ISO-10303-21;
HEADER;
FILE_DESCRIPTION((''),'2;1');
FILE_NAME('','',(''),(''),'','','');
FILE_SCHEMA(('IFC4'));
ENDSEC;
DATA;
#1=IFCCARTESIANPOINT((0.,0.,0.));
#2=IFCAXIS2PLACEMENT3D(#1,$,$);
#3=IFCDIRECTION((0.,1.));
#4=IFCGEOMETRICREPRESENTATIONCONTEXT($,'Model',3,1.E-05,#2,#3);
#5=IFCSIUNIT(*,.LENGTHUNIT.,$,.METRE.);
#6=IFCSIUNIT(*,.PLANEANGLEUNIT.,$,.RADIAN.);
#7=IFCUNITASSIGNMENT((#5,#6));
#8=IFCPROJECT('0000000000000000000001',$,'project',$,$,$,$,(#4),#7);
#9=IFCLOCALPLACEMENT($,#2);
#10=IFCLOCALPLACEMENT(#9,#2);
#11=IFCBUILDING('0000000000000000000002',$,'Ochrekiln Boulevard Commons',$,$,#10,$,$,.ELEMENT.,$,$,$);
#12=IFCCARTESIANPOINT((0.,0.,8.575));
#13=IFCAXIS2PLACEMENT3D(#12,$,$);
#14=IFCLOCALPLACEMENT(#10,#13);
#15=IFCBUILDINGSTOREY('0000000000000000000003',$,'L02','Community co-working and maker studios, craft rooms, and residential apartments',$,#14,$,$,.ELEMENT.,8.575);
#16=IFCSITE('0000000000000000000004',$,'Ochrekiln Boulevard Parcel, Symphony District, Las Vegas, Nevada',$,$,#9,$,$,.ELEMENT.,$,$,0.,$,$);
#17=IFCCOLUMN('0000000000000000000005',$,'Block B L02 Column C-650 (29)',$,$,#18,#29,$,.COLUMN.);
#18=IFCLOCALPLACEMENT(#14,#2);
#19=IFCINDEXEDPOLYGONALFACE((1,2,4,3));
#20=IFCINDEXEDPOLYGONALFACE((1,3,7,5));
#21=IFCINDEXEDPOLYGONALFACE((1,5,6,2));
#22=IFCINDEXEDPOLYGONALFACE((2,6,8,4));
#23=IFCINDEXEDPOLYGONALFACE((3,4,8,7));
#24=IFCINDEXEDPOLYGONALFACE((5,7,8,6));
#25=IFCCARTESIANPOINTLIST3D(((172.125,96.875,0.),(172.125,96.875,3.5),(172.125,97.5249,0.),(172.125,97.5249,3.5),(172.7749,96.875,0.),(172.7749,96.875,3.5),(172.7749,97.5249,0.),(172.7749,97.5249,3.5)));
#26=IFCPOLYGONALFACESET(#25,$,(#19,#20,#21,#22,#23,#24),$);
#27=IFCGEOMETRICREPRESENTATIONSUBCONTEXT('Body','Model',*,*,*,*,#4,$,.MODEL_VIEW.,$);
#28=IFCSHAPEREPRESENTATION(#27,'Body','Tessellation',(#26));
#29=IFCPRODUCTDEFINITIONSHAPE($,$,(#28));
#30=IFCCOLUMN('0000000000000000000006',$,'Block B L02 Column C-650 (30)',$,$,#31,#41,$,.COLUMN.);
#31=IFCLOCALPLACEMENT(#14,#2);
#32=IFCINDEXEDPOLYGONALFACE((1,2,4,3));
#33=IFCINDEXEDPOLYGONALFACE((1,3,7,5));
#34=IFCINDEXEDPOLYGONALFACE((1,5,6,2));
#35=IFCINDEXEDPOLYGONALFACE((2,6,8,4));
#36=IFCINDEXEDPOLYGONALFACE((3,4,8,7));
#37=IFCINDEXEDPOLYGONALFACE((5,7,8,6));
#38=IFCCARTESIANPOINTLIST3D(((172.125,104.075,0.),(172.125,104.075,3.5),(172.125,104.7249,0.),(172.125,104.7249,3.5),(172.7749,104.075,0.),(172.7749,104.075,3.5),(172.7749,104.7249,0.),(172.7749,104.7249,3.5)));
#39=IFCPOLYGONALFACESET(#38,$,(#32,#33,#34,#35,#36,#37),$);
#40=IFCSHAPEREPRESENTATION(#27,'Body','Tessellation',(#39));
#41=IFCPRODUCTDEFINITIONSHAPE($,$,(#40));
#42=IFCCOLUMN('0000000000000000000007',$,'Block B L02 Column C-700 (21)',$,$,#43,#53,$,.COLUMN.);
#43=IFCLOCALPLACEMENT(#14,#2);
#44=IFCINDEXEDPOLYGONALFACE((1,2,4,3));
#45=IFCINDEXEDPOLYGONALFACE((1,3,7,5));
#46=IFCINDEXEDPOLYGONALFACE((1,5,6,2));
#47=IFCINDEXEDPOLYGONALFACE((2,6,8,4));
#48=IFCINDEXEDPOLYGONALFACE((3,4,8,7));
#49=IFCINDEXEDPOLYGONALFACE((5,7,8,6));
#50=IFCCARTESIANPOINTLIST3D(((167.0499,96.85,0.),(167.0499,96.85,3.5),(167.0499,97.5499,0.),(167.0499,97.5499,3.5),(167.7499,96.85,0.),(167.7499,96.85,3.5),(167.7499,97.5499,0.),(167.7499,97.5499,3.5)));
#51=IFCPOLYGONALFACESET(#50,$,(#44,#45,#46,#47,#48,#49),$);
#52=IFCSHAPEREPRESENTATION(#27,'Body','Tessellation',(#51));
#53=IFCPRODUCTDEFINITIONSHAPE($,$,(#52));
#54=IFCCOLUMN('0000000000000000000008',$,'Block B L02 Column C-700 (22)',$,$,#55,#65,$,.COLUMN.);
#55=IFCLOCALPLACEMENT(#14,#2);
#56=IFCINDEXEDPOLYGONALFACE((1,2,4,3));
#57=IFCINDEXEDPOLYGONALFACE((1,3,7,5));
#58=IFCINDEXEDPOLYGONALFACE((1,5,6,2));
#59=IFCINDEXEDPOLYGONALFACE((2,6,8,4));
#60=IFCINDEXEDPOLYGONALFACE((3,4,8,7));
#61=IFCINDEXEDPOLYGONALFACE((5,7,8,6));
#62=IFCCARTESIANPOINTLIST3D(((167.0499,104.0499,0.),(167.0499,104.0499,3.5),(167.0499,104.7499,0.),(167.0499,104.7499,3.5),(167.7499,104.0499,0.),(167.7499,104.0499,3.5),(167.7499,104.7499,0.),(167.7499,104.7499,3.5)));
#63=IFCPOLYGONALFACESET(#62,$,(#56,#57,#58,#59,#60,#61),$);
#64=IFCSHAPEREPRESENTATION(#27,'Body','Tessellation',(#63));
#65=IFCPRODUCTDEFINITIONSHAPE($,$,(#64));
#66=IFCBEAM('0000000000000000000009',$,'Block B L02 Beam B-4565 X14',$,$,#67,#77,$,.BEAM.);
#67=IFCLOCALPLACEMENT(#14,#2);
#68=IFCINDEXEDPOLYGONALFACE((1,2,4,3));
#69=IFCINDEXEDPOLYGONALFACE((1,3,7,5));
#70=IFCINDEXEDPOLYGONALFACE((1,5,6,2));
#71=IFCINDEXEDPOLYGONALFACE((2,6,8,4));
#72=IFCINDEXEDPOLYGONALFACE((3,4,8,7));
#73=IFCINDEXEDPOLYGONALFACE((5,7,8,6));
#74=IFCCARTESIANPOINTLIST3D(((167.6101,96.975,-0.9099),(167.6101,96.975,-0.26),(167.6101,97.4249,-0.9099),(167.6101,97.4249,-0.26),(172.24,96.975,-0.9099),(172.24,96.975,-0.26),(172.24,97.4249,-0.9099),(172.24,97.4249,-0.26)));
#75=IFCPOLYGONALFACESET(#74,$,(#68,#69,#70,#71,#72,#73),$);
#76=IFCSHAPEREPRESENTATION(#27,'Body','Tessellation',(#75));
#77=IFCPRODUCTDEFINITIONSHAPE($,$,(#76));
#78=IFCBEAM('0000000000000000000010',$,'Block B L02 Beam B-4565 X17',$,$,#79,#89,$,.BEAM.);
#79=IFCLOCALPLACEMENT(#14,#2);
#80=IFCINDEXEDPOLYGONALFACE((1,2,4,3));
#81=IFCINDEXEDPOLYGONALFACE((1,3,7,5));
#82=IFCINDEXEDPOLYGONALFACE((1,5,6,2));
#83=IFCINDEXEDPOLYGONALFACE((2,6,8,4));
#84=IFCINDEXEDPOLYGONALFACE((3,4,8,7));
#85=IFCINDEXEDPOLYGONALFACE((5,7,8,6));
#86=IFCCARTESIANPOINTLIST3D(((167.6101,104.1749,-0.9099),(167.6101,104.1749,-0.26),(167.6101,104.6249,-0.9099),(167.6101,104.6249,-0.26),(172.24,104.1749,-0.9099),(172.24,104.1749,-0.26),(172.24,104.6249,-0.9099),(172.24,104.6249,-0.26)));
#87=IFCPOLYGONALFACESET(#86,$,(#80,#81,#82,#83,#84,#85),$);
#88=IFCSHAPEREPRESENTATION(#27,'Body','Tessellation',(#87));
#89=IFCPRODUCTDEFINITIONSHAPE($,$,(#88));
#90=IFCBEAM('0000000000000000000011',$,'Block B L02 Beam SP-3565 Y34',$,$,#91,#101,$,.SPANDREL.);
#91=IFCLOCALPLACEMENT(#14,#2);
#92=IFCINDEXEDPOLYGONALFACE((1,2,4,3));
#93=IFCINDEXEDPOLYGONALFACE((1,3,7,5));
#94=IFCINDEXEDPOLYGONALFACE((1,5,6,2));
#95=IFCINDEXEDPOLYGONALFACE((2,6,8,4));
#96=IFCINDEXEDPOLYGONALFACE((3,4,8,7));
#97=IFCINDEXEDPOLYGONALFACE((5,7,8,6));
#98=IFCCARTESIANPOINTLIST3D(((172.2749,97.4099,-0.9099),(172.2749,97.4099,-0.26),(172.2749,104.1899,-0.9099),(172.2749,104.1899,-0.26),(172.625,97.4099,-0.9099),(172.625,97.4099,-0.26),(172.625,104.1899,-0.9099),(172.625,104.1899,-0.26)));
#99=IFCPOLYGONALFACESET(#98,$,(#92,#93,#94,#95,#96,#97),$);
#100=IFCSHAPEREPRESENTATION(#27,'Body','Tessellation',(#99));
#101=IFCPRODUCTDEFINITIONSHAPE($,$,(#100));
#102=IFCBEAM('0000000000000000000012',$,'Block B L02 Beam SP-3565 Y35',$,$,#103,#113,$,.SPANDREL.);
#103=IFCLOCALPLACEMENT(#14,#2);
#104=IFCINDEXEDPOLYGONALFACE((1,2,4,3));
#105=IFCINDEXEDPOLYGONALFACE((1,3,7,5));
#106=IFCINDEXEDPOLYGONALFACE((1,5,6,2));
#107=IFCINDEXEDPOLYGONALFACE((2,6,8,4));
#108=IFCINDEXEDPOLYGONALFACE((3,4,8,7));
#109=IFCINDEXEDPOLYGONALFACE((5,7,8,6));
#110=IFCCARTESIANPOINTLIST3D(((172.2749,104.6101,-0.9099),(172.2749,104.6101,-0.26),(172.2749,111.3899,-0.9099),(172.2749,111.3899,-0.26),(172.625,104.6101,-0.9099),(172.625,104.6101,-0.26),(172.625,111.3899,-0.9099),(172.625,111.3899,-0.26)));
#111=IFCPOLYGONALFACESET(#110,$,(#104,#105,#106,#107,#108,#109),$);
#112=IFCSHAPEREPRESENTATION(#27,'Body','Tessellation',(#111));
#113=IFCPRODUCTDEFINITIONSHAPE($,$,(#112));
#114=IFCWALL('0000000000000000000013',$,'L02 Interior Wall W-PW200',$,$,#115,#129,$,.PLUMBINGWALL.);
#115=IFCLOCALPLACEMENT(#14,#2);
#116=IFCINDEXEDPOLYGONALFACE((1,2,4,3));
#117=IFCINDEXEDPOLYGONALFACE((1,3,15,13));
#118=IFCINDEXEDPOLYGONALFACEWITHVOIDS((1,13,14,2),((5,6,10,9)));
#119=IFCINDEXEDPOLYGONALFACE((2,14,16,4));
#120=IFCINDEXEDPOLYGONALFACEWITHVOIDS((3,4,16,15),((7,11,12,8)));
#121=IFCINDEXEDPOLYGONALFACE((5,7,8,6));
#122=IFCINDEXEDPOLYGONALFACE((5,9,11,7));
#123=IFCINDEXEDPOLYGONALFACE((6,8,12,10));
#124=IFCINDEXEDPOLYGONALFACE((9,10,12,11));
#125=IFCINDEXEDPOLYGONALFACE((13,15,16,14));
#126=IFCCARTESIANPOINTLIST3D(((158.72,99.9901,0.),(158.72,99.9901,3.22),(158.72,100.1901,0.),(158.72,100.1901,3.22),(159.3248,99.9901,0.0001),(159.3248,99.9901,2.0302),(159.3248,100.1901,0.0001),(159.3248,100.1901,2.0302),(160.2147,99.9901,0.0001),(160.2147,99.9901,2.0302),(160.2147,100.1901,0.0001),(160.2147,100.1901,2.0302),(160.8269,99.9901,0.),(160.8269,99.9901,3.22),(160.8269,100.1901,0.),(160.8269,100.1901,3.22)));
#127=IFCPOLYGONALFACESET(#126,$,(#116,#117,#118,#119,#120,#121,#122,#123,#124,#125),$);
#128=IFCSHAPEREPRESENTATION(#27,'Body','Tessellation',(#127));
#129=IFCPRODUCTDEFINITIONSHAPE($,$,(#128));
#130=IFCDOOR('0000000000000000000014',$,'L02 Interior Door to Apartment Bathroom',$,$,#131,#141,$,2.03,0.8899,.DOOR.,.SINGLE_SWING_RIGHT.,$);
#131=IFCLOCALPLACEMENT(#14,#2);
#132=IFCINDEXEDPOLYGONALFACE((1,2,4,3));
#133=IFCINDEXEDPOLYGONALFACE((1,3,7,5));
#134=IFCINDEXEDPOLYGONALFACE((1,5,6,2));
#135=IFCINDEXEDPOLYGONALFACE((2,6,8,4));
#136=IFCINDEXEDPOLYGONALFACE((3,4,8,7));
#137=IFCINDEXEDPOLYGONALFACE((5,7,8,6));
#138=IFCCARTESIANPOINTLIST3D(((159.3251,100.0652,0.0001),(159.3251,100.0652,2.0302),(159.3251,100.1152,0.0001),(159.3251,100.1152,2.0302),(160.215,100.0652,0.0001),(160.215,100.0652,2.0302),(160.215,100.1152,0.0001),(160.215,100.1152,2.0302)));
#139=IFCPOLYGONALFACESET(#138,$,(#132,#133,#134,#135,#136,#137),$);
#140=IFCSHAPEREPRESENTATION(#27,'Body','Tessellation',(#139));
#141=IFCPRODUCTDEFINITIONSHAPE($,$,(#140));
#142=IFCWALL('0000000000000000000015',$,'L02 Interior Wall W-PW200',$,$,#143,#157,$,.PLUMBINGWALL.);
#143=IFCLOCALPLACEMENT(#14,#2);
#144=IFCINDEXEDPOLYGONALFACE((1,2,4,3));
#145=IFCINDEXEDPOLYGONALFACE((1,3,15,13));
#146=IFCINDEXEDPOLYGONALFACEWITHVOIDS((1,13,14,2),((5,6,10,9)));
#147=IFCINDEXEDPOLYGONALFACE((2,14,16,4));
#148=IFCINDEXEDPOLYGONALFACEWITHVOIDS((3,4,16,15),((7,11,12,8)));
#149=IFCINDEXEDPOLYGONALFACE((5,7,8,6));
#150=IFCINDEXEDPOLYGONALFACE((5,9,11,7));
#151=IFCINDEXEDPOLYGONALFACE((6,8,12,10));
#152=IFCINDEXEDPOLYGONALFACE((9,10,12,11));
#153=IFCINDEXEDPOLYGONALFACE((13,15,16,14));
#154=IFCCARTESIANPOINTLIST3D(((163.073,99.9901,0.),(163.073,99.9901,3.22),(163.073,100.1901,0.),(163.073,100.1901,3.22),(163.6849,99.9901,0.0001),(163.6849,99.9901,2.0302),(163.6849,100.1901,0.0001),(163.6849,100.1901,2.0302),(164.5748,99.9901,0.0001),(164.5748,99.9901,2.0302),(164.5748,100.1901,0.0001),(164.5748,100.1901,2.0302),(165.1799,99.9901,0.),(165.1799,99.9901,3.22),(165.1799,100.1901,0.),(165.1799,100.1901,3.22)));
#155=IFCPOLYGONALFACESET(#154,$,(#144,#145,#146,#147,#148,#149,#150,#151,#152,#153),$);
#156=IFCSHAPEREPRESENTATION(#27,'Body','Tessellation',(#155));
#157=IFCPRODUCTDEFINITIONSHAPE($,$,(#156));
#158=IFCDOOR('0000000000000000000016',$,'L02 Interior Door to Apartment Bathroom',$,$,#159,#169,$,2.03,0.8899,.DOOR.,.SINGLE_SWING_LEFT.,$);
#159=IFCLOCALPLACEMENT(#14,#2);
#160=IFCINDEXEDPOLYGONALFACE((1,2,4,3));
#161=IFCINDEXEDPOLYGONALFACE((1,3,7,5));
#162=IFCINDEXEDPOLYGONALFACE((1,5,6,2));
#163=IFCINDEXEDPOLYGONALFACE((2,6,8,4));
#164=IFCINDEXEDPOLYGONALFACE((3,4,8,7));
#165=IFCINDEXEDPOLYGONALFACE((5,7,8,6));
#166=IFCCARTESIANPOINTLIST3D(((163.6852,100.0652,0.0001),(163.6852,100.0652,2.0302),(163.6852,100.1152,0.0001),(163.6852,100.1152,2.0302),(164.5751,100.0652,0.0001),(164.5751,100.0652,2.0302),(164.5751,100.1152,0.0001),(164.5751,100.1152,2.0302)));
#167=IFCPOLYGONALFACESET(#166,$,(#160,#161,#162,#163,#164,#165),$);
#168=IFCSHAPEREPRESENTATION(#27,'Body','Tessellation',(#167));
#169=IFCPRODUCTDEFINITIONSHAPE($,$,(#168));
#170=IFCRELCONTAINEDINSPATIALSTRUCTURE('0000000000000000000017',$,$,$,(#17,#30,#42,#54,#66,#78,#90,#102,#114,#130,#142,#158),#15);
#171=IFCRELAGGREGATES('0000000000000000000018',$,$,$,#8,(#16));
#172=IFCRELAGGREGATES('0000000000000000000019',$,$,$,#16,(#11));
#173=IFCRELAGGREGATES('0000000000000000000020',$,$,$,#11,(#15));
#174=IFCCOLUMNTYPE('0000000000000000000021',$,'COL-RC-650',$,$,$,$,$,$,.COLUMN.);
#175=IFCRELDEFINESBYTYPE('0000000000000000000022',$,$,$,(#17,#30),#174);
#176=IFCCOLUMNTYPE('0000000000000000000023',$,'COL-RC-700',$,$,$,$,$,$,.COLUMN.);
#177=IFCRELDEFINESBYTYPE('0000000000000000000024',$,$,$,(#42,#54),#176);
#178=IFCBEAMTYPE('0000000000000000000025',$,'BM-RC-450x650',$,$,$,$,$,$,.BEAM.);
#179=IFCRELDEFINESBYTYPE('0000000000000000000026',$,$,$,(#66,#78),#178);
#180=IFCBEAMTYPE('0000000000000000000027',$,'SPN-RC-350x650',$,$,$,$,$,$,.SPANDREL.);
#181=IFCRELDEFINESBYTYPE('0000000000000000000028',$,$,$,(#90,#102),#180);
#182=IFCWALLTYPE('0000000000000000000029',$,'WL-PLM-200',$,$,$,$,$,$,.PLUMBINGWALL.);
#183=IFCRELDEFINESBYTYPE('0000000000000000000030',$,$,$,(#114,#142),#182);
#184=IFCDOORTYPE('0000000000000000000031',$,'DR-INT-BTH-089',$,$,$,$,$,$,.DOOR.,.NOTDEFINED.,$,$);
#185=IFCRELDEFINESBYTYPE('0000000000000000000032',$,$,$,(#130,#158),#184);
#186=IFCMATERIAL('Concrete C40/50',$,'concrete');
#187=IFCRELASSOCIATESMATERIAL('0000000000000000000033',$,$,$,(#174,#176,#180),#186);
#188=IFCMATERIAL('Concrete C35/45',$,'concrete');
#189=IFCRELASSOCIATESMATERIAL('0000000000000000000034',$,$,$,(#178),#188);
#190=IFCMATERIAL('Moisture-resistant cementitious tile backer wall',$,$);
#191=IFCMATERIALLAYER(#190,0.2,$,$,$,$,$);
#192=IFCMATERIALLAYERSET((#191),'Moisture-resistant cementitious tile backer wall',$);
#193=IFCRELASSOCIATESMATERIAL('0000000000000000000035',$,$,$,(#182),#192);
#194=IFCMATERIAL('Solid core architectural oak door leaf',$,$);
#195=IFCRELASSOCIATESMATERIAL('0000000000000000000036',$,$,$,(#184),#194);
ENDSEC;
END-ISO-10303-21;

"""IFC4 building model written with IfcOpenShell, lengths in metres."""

from ifc_helpers import new_model, si_unit, direction, frame, frame_2d, origin, origin_2d, place, context, subcontext, project, spatial, rectangle, extrude, material, layer, layer_set, material_profile, profile_set, type_object, element, fill, save


model = new_model("IFC4")

# Units and contexts
model_context = context("Model", 3, precision=1e-05, world=origin(), true_north=direction((0.0, 1.0)))
body_context = subcontext(model_context, "Body", "Model", "MODEL_VIEW")
ifc_project = project(units=[si_unit("LENGTHUNIT", "METRE"), si_unit("PLANEANGLEUNIT", "RADIAN")], contexts=[model_context])

# Site, building, storey
site_placement = place(None, origin())
site = spatial("IfcSite", under=ifc_project, at=site_placement, Name="Ochrekiln Boulevard Parcel, Symphony District, Las Vegas, Nevada", CompositionType="ELEMENT", RefElevation=0.0)
building_placement = place(site_placement, origin())
building = spatial("IfcBuilding", under=site, at=building_placement, Name="Ochrekiln Boulevard Commons", CompositionType="ELEMENT")
storey_placement = place(building_placement, frame((0.0, 0.0, 8.575)))
storey = spatial("IfcBuildingStorey", under=building, at=storey_placement, Name="L02", Description="Community co-working and maker studios, craft rooms, and residential apartments", CompositionType="ELEMENT", Elevation=8.575)

# Columns
ifc_material_1 = material(Name="Concrete C40/50", Category="concrete")
ifc_material_profile_1 = material_profile(ifc_material_1, rectangle(XDim=0.6499, YDim=0.6499, at=origin_2d()), Name="RC-COL-650x650")
ifc_profile_set_1 = profile_set([ifc_material_profile_1], Name="Concrete C40/50")
column_type_1 = type_object("IfcColumnType", Name="COL-RC-650", PredefinedType="COLUMN", material=ifc_profile_set_1)
for number, where, z_axis, x_axis, name in (
    (1, (172.45, 97.2, 0.0), (0.0, 0.0, 1.0), (1.0, 0.0, 0.0), "Block B L02 Column C-650 (29)"),
    (2, (172.45, 104.3999, 0.0), (0.0, 0.0, 1.0), (1.0, 0.0, 0.0), "Block B L02 Column C-650 (30)"),
):
    element("IfcColumn", number, at=place(storey_placement, frame(where, z_axis=z_axis, x_axis=x_axis)), inside=storey, type_object=column_type_1, Name=name, PredefinedType="COLUMN", context=body_context, shape_type="SweptSolid", body=[
        extrude(rectangle(XDim=0.6499, YDim=0.6499, at=origin_2d()), origin(), (0.0, 0.0, 1.0), 3.5),
    ])
ifc_material_profile_2 = material_profile(ifc_material_1, rectangle(XDim=0.7, YDim=0.7, at=origin_2d()), Name="RC-COL-700x700")
ifc_profile_set_2 = profile_set([ifc_material_profile_2], Name="Concrete C40/50")
column_type_2 = type_object("IfcColumnType", Name="COL-RC-700", PredefinedType="COLUMN", material=ifc_profile_set_2)
for number, where, z_axis, x_axis, name in (
    (3, (167.3999, 97.2, 0.0), (0.0, 0.0, 1.0), (1.0, 0.0, 0.0), "Block B L02 Column C-700 (21)"),
    (4, (167.3999, 104.3999, 0.0), (0.0, 0.0, 1.0), (1.0, 0.0, 0.0), "Block B L02 Column C-700 (22)"),
):
    element("IfcColumn", number, at=place(storey_placement, frame(where, z_axis=z_axis, x_axis=x_axis)), inside=storey, type_object=column_type_2, Name=name, PredefinedType="COLUMN", context=body_context, shape_type="SweptSolid", body=[
        extrude(rectangle(XDim=0.7, YDim=0.7, at=origin_2d()), origin(), (0.0, 0.0, 1.0), 3.5),
    ])

# Beams
ifc_material_2 = material(Name="Concrete C35/45", Category="concrete")
ifc_material_profile_3 = material_profile(ifc_material_2, rectangle(XDim=0.45, YDim=0.6499, at=origin_2d()), Name="RC-BM-450x650")
ifc_profile_set_3 = profile_set([ifc_material_profile_3], Name="Concrete C35/45")
beam_type_1 = type_object("IfcBeamType", Name="BM-RC-450x650", PredefinedType="BEAM", material=ifc_profile_set_3)
for number, where, z_axis, x_axis, name in (
    (5, (167.6101, 97.2, -0.585), (1.0, 0.0, 0.0), (0.0, 1.0, 0.0), "Block B L02 Beam B-4565 X14"),
    (6, (167.6101, 104.3999, -0.585), (1.0, 0.0, 0.0), (0.0, 1.0, 0.0), "Block B L02 Beam B-4565 X17"),
):
    element("IfcBeam", number, at=place(storey_placement, frame(where, z_axis=z_axis, x_axis=x_axis)), inside=storey, type_object=beam_type_1, Name=name, PredefinedType="BEAM", context=body_context, shape_type="SweptSolid", body=[
        extrude(rectangle(XDim=0.45, YDim=0.6499, at=origin_2d()), origin(), (0.0, 0.0, 1.0), 4.6299),
    ])
ifc_material_profile_4 = material_profile(ifc_material_1, rectangle(XDim=0.3501, YDim=0.6499, at=origin_2d()), Name="RC-SPN-350x650")
ifc_profile_set_4 = profile_set([ifc_material_profile_4], Name="Concrete C40/50")
beam_type_2 = type_object("IfcBeamType", Name="SPN-RC-350x650", PredefinedType="SPANDREL", material=ifc_profile_set_4)
beam_1_placement = place(storey_placement, frame((172.45, 97.4099, -0.585), z_axis=(0.0, 1.0, 0.0), x_axis=(-1.0, 0.0, 0.0)))
element("IfcBeam", 7, at=beam_1_placement, inside=storey, type_object=beam_type_2, Name="Block B L02 Beam SP-3565 Y34", PredefinedType="SPANDREL", context=body_context, shape_type="SweptSolid", body=[
    extrude(rectangle(XDim=0.3501, YDim=0.6499, at=origin_2d()), origin(), (0.0, 0.0, 1.0), 6.78),
])
beam_2_placement = place(storey_placement, frame((172.45, 104.6101, -0.585), z_axis=(0.0, 1.0, 0.0), x_axis=(-1.0, 0.0, 0.0)))
element("IfcBeam", 8, at=beam_2_placement, inside=storey, type_object=beam_type_2, Name="Block B L02 Beam SP-3565 Y35", PredefinedType="SPANDREL", context=body_context, shape_type="SweptSolid", body=[
    extrude(rectangle(XDim=0.3501, YDim=0.6499, at=origin_2d()), origin(), (0.0, 0.0, 1.0), 6.7798),
])

# Walls, openings, doors
ifc_material_3 = material(Name="Moisture-resistant cementitious tile backer wall")
ifc_layer_1 = layer(ifc_material_3, 0.2)
ifc_layer_set_1 = layer_set([ifc_layer_1], Name="Moisture-resistant cementitious tile backer wall")
wall_type_1 = type_object("IfcWallType", Name="WL-PLM-200", PredefinedType="PLUMBINGWALL", material=ifc_layer_set_1)
wall_1_placement = place(storey_placement, frame((158.72, 100.0901, 0.0), z_axis=(0.0, 0.0, 1.0), x_axis=(1.0, 0.0, 0.0)))
wall_1 = element("IfcWall", 9, at=wall_1_placement, inside=storey, type_object=wall_type_1, Name="L02 Interior Wall W-PW200", PredefinedType="PLUMBINGWALL", context=body_context, shape_type="SweptSolid", body=[
    extrude(rectangle(XDim=2.1069, YDim=0.2, at=frame_2d((1.0535, 0.0))), origin(), (0.0, 0.0, 1.0), 3.22),
])
opening_1_placement = place(wall_1_placement, frame((0.605, 0.0, 0.0)))
opening_1 = element("IfcOpeningElement", 10, at=opening_1_placement, cuts=wall_1, PredefinedType="OPENING", context=body_context, shape_type="SweptSolid", body=[
    extrude(rectangle(XDim=0.8899, YDim=2.03, at=frame_2d((0.4448, 1.0151))), frame((0.0, 0.1099, 0.0), z_axis=(0.0, -1.0, 0.0), x_axis=(1.0, 0.0, 0.0)), (0.0, 0.0, 1.0), 0.22),
])
ifc_material_4 = material(Name="Solid core architectural oak door leaf")
door_type_1 = type_object("IfcDoorType", Name="DR-INT-BTH-089", OperationType="NOTDEFINED", PredefinedType="DOOR", material=ifc_material_4)
door_1_placement = place(opening_1_placement, frame((0.8899, 0.0, 0.0), z_axis=(0.0, 0.0, 1.0), x_axis=(-1.0, 0.0, 0.0)))
door_1 = element("IfcDoor", 11, at=door_1_placement, inside=storey, type_object=door_type_1, Name="L02 Interior Door to Apartment Bathroom", OperationType="SINGLE_SWING_RIGHT", OverallHeight=2.03, OverallWidth=0.8899, PredefinedType="DOOR", context=body_context, shape_type="SweptSolid", body=[
    extrude(rectangle(XDim=0.8899, YDim=2.03, at=frame_2d((0.4448, 1.0151))), frame((0.0, 0.0249, 0.0), z_axis=(0.0, -1.0, 0.0), x_axis=(1.0, 0.0, 0.0)), (0.0, 0.0, 1.0), 0.05),
])
fill(opening_1, door_1)
wall_2_placement = place(storey_placement, frame((163.073, 100.0901, 0.0), z_axis=(0.0, 0.0, 1.0), x_axis=(1.0, 0.0, 0.0)))
wall_2 = element("IfcWall", 12, at=wall_2_placement, inside=storey, type_object=wall_type_1, Name="L02 Interior Wall W-PW200", PredefinedType="PLUMBINGWALL", context=body_context, shape_type="SweptSolid", body=[
    extrude(rectangle(XDim=2.1069, YDim=0.2, at=frame_2d((1.0535, 0.0))), origin(), (0.0, 0.0, 1.0), 3.22),
])
opening_2_placement = place(wall_2_placement, frame((0.6121, 0.0, 0.0)))
opening_2 = element("IfcOpeningElement", 13, at=opening_2_placement, cuts=wall_2, PredefinedType="OPENING", context=body_context, shape_type="SweptSolid", body=[
    extrude(rectangle(XDim=0.8899, YDim=2.03, at=frame_2d((0.4448, 1.0151))), frame((0.0, 0.1099, 0.0), z_axis=(0.0, -1.0, 0.0), x_axis=(1.0, 0.0, 0.0)), (0.0, 0.0, 1.0), 0.22),
])
door_2_placement = place(opening_2_placement, frame((0.8899, 0.0, 0.0), z_axis=(0.0, 0.0, 1.0), x_axis=(-1.0, 0.0, 0.0)))
door_2 = element("IfcDoor", 14, at=door_2_placement, inside=storey, type_object=door_type_1, Name="L02 Interior Door to Apartment Bathroom", OperationType="SINGLE_SWING_LEFT", OverallHeight=2.03, OverallWidth=0.8899, PredefinedType="DOOR", context=body_context, shape_type="SweptSolid", body=[
    extrude(rectangle(XDim=0.8899, YDim=2.03, at=frame_2d((0.4448, 1.0151))), frame((0.0, 0.0249, 0.0), z_axis=(0.0, -1.0, 0.0), x_axis=(1.0, 0.0, 0.0)), (0.0, 0.0, 1.0), 0.05),
])
fill(opening_2, door_2)

save(model, "model.ifc")
